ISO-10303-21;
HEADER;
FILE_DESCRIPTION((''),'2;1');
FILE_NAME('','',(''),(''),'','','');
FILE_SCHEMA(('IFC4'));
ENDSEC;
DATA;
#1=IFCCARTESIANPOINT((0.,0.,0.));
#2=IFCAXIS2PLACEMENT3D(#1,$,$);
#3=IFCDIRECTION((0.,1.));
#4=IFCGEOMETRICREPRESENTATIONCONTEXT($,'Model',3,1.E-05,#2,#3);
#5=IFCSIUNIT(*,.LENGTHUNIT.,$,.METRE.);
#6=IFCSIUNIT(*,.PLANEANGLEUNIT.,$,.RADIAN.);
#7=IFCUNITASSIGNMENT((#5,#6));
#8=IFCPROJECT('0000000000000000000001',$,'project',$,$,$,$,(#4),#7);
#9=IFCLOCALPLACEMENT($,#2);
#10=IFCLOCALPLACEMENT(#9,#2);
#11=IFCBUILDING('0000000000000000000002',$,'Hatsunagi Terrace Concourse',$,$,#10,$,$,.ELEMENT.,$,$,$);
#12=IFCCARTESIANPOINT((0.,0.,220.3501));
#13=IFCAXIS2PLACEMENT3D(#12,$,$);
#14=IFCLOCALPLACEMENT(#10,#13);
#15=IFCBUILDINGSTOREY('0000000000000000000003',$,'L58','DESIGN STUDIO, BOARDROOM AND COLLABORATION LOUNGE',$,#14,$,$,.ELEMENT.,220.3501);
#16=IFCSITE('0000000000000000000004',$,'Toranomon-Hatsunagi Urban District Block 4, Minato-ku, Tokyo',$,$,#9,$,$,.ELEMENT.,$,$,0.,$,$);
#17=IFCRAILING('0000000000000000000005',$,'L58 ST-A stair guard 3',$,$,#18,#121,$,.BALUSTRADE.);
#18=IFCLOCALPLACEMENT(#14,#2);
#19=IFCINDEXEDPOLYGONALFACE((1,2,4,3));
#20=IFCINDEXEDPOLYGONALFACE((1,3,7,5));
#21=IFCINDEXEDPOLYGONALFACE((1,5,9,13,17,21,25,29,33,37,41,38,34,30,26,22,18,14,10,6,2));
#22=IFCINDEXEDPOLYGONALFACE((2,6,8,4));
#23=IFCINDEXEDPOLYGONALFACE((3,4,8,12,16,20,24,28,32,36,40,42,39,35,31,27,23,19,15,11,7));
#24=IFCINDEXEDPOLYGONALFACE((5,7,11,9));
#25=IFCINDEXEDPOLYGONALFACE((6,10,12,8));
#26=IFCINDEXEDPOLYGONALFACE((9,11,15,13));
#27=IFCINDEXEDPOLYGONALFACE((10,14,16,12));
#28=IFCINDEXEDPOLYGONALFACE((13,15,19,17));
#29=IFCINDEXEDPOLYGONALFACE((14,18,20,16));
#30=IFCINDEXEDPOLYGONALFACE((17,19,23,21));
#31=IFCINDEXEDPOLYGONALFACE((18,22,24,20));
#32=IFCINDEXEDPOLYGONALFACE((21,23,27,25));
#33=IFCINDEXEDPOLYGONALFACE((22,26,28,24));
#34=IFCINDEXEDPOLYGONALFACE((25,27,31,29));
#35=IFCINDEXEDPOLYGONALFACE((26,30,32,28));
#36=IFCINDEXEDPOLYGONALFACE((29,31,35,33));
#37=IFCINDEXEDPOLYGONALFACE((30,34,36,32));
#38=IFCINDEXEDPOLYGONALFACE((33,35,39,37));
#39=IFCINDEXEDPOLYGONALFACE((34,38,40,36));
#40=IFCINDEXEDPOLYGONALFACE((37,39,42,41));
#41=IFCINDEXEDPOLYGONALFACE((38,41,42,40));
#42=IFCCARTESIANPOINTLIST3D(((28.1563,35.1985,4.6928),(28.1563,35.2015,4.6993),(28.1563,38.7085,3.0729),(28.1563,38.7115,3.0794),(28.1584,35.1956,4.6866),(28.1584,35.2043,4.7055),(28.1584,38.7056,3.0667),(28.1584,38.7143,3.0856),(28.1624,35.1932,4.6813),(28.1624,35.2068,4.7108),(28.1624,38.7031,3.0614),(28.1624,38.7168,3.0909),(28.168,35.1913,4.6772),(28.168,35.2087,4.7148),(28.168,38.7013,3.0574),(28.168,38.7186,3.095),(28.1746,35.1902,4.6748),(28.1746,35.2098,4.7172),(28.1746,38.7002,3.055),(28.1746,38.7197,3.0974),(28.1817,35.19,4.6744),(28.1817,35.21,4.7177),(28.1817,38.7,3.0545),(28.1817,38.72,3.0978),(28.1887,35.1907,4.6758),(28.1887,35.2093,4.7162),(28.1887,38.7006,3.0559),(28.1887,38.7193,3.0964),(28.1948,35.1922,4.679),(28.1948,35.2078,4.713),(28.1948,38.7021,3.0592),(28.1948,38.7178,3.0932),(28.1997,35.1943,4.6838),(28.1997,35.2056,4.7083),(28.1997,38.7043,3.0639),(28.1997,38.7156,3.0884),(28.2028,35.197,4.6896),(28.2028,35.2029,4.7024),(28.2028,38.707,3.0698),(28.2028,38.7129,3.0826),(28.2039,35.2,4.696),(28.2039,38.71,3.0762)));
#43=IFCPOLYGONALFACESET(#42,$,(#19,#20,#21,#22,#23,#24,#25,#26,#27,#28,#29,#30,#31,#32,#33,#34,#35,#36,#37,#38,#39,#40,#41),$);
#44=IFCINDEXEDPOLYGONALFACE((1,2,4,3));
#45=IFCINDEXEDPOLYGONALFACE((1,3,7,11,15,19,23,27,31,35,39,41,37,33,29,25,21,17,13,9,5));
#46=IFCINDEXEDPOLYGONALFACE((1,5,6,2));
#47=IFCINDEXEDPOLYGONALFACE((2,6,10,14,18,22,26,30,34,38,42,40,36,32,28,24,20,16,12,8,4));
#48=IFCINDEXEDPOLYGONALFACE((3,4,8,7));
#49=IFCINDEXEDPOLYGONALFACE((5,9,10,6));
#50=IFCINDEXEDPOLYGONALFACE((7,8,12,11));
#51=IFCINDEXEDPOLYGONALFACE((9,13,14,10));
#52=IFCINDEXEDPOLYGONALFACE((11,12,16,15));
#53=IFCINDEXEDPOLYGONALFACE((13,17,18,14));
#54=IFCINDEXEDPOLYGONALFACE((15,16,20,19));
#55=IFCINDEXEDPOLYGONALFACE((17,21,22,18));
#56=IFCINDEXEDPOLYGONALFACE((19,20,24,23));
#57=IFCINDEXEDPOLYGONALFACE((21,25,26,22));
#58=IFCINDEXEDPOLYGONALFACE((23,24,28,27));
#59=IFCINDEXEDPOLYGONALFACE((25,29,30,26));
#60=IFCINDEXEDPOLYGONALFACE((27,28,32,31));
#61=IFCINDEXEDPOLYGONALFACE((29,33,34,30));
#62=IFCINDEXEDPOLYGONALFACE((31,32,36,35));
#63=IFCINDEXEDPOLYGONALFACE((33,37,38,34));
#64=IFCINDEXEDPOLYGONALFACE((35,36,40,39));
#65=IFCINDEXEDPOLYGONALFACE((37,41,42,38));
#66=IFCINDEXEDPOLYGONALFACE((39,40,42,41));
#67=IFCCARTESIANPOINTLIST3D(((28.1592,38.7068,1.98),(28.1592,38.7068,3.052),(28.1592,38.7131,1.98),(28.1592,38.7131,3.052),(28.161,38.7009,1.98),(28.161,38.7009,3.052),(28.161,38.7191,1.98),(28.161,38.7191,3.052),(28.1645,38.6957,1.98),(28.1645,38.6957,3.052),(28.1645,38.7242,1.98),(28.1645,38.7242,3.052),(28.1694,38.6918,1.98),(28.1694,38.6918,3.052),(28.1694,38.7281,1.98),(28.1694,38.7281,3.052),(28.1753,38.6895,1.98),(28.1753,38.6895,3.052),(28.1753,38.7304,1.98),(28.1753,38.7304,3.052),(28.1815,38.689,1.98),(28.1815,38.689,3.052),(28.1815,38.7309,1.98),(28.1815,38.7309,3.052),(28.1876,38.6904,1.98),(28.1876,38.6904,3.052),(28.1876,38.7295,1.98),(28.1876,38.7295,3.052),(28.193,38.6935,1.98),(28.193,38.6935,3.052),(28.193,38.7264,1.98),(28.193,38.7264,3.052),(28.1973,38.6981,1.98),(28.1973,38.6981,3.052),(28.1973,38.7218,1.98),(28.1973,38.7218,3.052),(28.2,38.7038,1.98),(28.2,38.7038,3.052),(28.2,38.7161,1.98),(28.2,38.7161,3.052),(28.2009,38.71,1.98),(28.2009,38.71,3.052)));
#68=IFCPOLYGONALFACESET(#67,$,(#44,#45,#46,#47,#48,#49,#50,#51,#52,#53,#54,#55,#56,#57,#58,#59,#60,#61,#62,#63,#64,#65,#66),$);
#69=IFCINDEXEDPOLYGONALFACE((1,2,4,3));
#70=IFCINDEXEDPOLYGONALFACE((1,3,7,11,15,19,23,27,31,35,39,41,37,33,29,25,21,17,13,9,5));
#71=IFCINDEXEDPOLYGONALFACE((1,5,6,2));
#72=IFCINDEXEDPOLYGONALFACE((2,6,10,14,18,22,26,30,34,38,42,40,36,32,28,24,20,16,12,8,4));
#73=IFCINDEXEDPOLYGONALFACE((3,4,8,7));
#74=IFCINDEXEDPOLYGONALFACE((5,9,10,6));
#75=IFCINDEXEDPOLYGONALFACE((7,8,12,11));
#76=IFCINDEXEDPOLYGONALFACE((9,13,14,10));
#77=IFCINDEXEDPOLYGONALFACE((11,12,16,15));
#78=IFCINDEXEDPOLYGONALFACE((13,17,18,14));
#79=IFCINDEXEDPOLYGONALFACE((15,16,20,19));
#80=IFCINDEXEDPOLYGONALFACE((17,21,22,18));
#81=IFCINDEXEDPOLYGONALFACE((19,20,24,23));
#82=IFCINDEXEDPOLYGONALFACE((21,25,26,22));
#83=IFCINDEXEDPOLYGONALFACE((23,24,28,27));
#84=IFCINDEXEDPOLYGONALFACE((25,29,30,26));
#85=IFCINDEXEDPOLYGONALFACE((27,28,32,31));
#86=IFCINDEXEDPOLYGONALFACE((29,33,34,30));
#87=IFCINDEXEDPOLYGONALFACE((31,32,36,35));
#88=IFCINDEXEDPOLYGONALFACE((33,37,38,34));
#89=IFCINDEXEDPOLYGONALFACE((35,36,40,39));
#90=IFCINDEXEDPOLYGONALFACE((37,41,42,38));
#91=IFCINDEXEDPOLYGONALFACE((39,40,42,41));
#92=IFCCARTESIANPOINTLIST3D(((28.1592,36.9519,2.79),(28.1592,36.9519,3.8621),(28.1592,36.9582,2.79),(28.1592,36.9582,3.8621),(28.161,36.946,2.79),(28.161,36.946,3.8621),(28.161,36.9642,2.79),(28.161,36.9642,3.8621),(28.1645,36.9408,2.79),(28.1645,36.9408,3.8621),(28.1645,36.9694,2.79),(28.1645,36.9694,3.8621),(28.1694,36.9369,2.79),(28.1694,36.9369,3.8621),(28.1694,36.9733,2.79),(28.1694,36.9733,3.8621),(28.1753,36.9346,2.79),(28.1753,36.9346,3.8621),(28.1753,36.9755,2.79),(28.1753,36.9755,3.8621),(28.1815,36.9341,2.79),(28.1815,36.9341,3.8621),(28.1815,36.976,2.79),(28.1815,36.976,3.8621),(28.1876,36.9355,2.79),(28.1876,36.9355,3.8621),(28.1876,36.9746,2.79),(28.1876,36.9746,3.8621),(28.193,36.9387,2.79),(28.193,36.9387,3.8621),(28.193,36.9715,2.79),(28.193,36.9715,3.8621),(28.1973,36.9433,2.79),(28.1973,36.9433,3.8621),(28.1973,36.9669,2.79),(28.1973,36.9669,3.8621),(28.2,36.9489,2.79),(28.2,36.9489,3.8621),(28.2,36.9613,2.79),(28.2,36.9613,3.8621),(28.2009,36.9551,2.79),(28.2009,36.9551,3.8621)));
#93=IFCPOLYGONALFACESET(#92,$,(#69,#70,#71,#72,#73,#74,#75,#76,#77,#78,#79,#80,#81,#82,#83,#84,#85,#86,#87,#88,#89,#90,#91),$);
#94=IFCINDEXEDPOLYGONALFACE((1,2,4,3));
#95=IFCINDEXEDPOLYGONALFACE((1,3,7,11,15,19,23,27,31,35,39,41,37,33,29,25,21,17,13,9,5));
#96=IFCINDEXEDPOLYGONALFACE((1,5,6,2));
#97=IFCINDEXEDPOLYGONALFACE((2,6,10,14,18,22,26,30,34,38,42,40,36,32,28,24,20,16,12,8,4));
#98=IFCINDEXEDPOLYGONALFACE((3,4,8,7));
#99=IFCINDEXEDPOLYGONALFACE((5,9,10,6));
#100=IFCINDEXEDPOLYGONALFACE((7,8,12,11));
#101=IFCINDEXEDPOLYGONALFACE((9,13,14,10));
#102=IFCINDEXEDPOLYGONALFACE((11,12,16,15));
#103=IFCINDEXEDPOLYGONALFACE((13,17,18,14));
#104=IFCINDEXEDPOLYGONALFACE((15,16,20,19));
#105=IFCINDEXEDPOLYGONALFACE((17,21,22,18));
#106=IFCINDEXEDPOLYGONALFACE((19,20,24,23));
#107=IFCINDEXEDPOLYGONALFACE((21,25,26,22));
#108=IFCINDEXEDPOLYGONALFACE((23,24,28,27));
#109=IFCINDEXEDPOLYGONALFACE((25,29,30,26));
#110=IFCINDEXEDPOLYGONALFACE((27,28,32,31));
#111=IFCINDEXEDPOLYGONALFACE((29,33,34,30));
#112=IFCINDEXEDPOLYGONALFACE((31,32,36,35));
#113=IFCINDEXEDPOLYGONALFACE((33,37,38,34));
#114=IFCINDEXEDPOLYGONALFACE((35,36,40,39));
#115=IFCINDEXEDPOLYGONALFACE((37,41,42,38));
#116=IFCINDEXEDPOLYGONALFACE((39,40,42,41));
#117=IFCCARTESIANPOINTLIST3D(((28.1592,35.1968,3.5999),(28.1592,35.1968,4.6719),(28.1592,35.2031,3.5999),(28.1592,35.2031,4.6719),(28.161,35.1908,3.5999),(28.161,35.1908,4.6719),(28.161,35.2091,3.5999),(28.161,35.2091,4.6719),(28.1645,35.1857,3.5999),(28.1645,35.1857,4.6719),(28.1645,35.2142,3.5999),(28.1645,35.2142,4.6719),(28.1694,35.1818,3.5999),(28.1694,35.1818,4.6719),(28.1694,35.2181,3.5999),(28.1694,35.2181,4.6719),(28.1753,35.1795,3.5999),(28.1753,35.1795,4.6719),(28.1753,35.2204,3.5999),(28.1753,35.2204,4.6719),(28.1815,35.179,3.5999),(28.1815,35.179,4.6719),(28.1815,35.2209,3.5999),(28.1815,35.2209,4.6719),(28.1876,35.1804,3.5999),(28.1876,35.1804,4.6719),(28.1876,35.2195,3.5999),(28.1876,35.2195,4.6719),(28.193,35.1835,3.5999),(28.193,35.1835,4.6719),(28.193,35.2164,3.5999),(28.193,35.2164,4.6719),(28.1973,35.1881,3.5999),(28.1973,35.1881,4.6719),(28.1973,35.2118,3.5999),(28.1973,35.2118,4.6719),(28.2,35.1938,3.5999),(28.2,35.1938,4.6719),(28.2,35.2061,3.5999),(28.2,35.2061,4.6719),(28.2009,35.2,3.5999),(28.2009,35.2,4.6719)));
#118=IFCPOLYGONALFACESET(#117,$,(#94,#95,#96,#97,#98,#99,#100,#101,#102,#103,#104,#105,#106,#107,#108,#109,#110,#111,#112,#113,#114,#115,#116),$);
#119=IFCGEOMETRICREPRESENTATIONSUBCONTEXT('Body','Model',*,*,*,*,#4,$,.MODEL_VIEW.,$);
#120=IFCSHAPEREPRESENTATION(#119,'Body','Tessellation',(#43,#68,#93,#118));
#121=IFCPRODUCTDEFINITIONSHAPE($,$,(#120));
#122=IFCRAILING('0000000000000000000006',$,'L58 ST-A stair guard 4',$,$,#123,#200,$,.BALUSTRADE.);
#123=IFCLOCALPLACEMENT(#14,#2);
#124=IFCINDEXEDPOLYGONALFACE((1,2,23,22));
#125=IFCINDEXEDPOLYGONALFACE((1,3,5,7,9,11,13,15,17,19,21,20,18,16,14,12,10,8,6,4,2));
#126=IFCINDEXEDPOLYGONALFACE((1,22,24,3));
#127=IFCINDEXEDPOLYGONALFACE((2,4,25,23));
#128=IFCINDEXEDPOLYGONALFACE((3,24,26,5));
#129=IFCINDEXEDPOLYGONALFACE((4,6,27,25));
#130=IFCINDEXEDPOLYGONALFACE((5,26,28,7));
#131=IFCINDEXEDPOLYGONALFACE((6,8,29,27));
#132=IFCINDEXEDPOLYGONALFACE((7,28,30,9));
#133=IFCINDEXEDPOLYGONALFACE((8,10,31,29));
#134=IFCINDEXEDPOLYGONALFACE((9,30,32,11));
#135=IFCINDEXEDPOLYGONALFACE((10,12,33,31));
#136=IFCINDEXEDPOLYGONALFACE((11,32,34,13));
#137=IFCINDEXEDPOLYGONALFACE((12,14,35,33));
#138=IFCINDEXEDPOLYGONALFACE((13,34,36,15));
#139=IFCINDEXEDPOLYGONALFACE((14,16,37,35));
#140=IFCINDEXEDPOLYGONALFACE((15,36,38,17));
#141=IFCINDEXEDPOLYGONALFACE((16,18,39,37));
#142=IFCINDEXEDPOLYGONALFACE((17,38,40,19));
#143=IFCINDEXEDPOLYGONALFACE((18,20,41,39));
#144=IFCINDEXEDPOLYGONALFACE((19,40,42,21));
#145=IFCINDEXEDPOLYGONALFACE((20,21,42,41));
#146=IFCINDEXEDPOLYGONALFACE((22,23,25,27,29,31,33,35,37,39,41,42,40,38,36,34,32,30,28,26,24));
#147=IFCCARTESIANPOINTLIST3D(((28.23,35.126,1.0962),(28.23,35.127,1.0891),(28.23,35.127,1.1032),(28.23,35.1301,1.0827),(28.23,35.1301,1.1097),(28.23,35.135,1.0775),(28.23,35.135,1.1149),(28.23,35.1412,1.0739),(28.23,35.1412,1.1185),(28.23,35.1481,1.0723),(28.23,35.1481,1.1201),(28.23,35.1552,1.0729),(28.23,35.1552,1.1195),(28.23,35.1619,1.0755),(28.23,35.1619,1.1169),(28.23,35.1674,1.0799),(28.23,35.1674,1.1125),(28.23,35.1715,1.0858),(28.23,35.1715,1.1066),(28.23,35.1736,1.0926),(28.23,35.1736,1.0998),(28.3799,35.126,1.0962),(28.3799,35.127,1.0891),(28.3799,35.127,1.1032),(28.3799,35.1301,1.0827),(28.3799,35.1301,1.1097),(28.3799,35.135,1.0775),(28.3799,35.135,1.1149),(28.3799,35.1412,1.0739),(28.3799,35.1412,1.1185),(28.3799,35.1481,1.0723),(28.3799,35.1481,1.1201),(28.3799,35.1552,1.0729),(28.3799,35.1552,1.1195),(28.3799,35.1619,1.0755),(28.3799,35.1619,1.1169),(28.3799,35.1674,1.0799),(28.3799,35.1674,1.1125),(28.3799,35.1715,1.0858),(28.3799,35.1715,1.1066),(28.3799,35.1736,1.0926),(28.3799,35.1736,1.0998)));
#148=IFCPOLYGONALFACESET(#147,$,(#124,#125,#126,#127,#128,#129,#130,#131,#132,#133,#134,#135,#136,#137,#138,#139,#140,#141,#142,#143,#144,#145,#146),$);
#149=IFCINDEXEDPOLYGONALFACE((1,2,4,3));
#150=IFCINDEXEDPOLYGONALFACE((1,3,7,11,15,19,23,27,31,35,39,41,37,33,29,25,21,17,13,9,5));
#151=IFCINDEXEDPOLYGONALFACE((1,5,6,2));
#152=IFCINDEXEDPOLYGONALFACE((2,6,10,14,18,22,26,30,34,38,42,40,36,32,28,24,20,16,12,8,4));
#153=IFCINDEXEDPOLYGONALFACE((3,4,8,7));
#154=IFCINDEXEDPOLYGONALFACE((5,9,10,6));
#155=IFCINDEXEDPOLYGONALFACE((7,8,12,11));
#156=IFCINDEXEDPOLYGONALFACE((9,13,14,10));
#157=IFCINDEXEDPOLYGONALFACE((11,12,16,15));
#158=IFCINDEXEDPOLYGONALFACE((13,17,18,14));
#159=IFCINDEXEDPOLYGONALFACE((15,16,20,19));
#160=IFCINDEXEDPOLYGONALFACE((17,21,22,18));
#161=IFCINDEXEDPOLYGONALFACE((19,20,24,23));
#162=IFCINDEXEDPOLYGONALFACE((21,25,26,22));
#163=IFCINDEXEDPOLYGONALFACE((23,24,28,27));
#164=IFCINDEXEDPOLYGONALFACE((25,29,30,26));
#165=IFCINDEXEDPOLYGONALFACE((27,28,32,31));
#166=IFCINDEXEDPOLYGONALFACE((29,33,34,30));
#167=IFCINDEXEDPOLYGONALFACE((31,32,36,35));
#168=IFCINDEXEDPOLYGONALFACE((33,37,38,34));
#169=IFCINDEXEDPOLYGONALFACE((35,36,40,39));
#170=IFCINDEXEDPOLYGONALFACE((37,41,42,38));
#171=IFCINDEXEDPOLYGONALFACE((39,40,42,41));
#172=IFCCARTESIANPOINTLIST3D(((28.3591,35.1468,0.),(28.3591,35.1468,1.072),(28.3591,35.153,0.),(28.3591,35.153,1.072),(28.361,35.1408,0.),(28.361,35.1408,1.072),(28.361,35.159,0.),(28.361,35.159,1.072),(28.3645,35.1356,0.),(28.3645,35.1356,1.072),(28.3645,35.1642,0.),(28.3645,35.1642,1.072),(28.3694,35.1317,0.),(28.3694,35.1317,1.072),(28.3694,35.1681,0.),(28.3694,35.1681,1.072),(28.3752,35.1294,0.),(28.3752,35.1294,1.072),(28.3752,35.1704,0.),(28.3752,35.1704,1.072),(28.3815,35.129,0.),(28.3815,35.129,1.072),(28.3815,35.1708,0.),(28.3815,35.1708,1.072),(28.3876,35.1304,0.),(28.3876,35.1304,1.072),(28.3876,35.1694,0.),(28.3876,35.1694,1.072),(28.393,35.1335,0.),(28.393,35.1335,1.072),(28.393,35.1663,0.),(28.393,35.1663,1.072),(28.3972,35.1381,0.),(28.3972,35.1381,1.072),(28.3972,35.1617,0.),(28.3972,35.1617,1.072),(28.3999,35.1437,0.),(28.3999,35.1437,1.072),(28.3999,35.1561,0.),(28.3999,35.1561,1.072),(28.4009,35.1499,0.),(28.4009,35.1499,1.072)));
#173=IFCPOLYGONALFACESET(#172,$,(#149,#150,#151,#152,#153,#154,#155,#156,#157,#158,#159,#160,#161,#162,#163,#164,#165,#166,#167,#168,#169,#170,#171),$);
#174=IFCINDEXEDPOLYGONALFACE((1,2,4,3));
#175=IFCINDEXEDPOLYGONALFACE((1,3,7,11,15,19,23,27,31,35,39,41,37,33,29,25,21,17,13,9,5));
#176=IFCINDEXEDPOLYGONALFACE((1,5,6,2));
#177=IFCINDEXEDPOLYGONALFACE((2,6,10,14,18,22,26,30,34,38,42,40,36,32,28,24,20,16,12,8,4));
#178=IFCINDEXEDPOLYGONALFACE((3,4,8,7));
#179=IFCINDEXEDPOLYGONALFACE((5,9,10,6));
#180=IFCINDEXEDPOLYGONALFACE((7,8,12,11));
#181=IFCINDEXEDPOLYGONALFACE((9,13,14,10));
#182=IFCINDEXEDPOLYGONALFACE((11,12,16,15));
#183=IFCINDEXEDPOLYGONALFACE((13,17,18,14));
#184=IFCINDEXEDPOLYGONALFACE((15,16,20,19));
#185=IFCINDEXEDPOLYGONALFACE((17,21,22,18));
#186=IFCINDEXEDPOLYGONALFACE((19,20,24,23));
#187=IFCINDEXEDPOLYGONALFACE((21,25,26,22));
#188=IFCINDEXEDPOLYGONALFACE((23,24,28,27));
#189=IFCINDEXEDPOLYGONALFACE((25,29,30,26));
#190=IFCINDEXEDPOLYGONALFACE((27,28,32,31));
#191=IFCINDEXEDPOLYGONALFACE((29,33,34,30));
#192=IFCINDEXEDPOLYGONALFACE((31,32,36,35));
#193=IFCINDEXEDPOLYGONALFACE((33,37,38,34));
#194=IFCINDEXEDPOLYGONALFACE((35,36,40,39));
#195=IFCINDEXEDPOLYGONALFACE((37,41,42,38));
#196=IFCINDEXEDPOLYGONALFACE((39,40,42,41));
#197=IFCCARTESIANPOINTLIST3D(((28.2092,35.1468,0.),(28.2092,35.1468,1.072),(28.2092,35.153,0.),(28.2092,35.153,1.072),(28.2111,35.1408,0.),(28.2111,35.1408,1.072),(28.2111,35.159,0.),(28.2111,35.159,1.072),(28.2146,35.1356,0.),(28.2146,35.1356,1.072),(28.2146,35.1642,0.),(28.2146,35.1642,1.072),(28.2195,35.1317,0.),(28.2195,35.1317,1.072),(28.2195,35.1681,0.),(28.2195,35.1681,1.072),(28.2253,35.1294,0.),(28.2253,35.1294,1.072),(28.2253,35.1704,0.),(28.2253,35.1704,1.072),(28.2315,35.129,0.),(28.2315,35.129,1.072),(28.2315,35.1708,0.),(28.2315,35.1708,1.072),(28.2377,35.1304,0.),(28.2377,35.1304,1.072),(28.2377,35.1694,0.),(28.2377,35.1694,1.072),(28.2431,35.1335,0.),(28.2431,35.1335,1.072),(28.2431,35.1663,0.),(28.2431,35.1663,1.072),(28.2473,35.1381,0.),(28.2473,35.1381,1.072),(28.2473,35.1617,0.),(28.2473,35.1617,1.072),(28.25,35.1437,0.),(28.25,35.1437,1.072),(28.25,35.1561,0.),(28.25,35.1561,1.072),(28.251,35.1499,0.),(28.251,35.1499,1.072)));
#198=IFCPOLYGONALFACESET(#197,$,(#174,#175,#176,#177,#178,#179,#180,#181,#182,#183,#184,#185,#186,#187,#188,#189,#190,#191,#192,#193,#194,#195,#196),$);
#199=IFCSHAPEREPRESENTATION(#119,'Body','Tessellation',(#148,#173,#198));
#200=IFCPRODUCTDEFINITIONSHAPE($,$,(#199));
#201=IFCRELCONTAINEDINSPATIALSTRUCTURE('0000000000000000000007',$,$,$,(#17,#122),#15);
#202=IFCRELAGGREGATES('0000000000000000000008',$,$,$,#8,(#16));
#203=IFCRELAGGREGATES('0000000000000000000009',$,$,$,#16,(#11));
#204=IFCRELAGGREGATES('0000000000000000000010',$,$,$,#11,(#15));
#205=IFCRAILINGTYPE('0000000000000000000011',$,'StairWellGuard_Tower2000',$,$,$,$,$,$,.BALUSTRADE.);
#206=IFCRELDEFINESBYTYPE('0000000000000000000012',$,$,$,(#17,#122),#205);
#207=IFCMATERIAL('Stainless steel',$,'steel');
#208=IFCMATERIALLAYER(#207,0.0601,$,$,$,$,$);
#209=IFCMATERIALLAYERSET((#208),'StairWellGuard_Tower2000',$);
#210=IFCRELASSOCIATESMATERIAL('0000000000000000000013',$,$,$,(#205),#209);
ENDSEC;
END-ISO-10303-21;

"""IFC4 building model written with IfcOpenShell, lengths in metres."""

from ifc_helpers import new_model, si_unit, direction, frame, origin, origin_2d, place, context, subcontext, project, spatial, circle, extrude, material, layer, layer_set, type_object, element, save


model = new_model("IFC4")

# Units and contexts
model_context = context("Model", 3, precision=1e-05, world=origin(), true_north=direction((0.0, 1.0)))
body_context = subcontext(model_context, "Body", "Model", "MODEL_VIEW")
ifc_project = project(units=[si_unit("LENGTHUNIT", "METRE"), si_unit("PLANEANGLEUNIT", "RADIAN")], contexts=[model_context])

# Site, building, storey
site_placement = place(None, origin())
site = spatial("IfcSite", under=ifc_project, at=site_placement, Name="Toranomon-Hatsunagi Urban District Block 4, Minato-ku, Tokyo", CompositionType="ELEMENT", RefElevation=0.0)
building_placement = place(site_placement, origin())
building = spatial("IfcBuilding", under=site, at=building_placement, Name="Hatsunagi Terrace Concourse", CompositionType="ELEMENT")
storey_placement = place(building_placement, frame((0.0, 0.0, 220.3501)))
storey = spatial("IfcBuildingStorey", under=building, at=storey_placement, Name="L58", Description="DESIGN STUDIO, BOARDROOM AND COLLABORATION LOUNGE", CompositionType="ELEMENT", Elevation=220.3501)

# Railings
ifc_material_1 = material(Name="Stainless steel", Category="steel")
ifc_layer_1 = layer(ifc_material_1, 0.0601)
ifc_layer_set_1 = layer_set([ifc_layer_1], Name="StairWellGuard_Tower2000")
railing_type_1 = type_object("IfcRailingType", Name="StairWellGuard_Tower2000", PredefinedType="BALUSTRADE", material=ifc_layer_set_1)
railing_1_placement = place(storey_placement, frame((28.1799, 38.71, 1.98)))
element("IfcRailing", 1, at=railing_1_placement, inside=storey, type_object=railing_type_1, Name="L58 ST-A stair guard 3", PredefinedType="BALUSTRADE", context=body_context, shape_type="SweptSolid", body=[
    extrude(circle(Radius=0.0239, at=origin_2d()), frame((0.0, 0.0, 1.0962), z_axis=(0.0, -0.907972, 0.41903), x_axis=(1.0, 0.0, 0.0)), (0.0, 0.0, 1.0), 3.8657),
    extrude(circle(Radius=0.021, at=origin_2d()), origin(), (0.0, 0.0, 1.0), 1.072),
    extrude(circle(Radius=0.021, at=origin_2d()), frame((0.0, -1.7549, 0.8101)), (0.0, 0.0, 1.0), 1.072),
    extrude(circle(Radius=0.021, at=origin_2d()), frame((0.0, -3.51, 1.6199)), (0.0, 0.0, 1.0), 1.072),
])
railing_2_placement = place(storey_placement, frame((28.3799, 35.1499, 0.0)))
element("IfcRailing", 2, at=railing_2_placement, inside=storey, type_object=railing_type_1, Name="L58 ST-A stair guard 4", PredefinedType="BALUSTRADE", context=body_context, shape_type="SweptSolid", body=[
    extrude(circle(Radius=0.0239, at=origin_2d()), frame((0.0, 0.0, 1.0962), z_axis=(-1.0, 0.0, 0.0), x_axis=(0.0, -1.0, 0.0)), (0.0, 0.0, 1.0), 0.1499),
    extrude(circle(Radius=0.021, at=origin_2d()), origin(), (0.0, 0.0, 1.0), 1.072),
    extrude(circle(Radius=0.021, at=origin_2d()), frame((-0.1499, 0.0, 0.0)), (0.0, 0.0, 1.0), 1.072),
])

save(model, "model.ifc")
